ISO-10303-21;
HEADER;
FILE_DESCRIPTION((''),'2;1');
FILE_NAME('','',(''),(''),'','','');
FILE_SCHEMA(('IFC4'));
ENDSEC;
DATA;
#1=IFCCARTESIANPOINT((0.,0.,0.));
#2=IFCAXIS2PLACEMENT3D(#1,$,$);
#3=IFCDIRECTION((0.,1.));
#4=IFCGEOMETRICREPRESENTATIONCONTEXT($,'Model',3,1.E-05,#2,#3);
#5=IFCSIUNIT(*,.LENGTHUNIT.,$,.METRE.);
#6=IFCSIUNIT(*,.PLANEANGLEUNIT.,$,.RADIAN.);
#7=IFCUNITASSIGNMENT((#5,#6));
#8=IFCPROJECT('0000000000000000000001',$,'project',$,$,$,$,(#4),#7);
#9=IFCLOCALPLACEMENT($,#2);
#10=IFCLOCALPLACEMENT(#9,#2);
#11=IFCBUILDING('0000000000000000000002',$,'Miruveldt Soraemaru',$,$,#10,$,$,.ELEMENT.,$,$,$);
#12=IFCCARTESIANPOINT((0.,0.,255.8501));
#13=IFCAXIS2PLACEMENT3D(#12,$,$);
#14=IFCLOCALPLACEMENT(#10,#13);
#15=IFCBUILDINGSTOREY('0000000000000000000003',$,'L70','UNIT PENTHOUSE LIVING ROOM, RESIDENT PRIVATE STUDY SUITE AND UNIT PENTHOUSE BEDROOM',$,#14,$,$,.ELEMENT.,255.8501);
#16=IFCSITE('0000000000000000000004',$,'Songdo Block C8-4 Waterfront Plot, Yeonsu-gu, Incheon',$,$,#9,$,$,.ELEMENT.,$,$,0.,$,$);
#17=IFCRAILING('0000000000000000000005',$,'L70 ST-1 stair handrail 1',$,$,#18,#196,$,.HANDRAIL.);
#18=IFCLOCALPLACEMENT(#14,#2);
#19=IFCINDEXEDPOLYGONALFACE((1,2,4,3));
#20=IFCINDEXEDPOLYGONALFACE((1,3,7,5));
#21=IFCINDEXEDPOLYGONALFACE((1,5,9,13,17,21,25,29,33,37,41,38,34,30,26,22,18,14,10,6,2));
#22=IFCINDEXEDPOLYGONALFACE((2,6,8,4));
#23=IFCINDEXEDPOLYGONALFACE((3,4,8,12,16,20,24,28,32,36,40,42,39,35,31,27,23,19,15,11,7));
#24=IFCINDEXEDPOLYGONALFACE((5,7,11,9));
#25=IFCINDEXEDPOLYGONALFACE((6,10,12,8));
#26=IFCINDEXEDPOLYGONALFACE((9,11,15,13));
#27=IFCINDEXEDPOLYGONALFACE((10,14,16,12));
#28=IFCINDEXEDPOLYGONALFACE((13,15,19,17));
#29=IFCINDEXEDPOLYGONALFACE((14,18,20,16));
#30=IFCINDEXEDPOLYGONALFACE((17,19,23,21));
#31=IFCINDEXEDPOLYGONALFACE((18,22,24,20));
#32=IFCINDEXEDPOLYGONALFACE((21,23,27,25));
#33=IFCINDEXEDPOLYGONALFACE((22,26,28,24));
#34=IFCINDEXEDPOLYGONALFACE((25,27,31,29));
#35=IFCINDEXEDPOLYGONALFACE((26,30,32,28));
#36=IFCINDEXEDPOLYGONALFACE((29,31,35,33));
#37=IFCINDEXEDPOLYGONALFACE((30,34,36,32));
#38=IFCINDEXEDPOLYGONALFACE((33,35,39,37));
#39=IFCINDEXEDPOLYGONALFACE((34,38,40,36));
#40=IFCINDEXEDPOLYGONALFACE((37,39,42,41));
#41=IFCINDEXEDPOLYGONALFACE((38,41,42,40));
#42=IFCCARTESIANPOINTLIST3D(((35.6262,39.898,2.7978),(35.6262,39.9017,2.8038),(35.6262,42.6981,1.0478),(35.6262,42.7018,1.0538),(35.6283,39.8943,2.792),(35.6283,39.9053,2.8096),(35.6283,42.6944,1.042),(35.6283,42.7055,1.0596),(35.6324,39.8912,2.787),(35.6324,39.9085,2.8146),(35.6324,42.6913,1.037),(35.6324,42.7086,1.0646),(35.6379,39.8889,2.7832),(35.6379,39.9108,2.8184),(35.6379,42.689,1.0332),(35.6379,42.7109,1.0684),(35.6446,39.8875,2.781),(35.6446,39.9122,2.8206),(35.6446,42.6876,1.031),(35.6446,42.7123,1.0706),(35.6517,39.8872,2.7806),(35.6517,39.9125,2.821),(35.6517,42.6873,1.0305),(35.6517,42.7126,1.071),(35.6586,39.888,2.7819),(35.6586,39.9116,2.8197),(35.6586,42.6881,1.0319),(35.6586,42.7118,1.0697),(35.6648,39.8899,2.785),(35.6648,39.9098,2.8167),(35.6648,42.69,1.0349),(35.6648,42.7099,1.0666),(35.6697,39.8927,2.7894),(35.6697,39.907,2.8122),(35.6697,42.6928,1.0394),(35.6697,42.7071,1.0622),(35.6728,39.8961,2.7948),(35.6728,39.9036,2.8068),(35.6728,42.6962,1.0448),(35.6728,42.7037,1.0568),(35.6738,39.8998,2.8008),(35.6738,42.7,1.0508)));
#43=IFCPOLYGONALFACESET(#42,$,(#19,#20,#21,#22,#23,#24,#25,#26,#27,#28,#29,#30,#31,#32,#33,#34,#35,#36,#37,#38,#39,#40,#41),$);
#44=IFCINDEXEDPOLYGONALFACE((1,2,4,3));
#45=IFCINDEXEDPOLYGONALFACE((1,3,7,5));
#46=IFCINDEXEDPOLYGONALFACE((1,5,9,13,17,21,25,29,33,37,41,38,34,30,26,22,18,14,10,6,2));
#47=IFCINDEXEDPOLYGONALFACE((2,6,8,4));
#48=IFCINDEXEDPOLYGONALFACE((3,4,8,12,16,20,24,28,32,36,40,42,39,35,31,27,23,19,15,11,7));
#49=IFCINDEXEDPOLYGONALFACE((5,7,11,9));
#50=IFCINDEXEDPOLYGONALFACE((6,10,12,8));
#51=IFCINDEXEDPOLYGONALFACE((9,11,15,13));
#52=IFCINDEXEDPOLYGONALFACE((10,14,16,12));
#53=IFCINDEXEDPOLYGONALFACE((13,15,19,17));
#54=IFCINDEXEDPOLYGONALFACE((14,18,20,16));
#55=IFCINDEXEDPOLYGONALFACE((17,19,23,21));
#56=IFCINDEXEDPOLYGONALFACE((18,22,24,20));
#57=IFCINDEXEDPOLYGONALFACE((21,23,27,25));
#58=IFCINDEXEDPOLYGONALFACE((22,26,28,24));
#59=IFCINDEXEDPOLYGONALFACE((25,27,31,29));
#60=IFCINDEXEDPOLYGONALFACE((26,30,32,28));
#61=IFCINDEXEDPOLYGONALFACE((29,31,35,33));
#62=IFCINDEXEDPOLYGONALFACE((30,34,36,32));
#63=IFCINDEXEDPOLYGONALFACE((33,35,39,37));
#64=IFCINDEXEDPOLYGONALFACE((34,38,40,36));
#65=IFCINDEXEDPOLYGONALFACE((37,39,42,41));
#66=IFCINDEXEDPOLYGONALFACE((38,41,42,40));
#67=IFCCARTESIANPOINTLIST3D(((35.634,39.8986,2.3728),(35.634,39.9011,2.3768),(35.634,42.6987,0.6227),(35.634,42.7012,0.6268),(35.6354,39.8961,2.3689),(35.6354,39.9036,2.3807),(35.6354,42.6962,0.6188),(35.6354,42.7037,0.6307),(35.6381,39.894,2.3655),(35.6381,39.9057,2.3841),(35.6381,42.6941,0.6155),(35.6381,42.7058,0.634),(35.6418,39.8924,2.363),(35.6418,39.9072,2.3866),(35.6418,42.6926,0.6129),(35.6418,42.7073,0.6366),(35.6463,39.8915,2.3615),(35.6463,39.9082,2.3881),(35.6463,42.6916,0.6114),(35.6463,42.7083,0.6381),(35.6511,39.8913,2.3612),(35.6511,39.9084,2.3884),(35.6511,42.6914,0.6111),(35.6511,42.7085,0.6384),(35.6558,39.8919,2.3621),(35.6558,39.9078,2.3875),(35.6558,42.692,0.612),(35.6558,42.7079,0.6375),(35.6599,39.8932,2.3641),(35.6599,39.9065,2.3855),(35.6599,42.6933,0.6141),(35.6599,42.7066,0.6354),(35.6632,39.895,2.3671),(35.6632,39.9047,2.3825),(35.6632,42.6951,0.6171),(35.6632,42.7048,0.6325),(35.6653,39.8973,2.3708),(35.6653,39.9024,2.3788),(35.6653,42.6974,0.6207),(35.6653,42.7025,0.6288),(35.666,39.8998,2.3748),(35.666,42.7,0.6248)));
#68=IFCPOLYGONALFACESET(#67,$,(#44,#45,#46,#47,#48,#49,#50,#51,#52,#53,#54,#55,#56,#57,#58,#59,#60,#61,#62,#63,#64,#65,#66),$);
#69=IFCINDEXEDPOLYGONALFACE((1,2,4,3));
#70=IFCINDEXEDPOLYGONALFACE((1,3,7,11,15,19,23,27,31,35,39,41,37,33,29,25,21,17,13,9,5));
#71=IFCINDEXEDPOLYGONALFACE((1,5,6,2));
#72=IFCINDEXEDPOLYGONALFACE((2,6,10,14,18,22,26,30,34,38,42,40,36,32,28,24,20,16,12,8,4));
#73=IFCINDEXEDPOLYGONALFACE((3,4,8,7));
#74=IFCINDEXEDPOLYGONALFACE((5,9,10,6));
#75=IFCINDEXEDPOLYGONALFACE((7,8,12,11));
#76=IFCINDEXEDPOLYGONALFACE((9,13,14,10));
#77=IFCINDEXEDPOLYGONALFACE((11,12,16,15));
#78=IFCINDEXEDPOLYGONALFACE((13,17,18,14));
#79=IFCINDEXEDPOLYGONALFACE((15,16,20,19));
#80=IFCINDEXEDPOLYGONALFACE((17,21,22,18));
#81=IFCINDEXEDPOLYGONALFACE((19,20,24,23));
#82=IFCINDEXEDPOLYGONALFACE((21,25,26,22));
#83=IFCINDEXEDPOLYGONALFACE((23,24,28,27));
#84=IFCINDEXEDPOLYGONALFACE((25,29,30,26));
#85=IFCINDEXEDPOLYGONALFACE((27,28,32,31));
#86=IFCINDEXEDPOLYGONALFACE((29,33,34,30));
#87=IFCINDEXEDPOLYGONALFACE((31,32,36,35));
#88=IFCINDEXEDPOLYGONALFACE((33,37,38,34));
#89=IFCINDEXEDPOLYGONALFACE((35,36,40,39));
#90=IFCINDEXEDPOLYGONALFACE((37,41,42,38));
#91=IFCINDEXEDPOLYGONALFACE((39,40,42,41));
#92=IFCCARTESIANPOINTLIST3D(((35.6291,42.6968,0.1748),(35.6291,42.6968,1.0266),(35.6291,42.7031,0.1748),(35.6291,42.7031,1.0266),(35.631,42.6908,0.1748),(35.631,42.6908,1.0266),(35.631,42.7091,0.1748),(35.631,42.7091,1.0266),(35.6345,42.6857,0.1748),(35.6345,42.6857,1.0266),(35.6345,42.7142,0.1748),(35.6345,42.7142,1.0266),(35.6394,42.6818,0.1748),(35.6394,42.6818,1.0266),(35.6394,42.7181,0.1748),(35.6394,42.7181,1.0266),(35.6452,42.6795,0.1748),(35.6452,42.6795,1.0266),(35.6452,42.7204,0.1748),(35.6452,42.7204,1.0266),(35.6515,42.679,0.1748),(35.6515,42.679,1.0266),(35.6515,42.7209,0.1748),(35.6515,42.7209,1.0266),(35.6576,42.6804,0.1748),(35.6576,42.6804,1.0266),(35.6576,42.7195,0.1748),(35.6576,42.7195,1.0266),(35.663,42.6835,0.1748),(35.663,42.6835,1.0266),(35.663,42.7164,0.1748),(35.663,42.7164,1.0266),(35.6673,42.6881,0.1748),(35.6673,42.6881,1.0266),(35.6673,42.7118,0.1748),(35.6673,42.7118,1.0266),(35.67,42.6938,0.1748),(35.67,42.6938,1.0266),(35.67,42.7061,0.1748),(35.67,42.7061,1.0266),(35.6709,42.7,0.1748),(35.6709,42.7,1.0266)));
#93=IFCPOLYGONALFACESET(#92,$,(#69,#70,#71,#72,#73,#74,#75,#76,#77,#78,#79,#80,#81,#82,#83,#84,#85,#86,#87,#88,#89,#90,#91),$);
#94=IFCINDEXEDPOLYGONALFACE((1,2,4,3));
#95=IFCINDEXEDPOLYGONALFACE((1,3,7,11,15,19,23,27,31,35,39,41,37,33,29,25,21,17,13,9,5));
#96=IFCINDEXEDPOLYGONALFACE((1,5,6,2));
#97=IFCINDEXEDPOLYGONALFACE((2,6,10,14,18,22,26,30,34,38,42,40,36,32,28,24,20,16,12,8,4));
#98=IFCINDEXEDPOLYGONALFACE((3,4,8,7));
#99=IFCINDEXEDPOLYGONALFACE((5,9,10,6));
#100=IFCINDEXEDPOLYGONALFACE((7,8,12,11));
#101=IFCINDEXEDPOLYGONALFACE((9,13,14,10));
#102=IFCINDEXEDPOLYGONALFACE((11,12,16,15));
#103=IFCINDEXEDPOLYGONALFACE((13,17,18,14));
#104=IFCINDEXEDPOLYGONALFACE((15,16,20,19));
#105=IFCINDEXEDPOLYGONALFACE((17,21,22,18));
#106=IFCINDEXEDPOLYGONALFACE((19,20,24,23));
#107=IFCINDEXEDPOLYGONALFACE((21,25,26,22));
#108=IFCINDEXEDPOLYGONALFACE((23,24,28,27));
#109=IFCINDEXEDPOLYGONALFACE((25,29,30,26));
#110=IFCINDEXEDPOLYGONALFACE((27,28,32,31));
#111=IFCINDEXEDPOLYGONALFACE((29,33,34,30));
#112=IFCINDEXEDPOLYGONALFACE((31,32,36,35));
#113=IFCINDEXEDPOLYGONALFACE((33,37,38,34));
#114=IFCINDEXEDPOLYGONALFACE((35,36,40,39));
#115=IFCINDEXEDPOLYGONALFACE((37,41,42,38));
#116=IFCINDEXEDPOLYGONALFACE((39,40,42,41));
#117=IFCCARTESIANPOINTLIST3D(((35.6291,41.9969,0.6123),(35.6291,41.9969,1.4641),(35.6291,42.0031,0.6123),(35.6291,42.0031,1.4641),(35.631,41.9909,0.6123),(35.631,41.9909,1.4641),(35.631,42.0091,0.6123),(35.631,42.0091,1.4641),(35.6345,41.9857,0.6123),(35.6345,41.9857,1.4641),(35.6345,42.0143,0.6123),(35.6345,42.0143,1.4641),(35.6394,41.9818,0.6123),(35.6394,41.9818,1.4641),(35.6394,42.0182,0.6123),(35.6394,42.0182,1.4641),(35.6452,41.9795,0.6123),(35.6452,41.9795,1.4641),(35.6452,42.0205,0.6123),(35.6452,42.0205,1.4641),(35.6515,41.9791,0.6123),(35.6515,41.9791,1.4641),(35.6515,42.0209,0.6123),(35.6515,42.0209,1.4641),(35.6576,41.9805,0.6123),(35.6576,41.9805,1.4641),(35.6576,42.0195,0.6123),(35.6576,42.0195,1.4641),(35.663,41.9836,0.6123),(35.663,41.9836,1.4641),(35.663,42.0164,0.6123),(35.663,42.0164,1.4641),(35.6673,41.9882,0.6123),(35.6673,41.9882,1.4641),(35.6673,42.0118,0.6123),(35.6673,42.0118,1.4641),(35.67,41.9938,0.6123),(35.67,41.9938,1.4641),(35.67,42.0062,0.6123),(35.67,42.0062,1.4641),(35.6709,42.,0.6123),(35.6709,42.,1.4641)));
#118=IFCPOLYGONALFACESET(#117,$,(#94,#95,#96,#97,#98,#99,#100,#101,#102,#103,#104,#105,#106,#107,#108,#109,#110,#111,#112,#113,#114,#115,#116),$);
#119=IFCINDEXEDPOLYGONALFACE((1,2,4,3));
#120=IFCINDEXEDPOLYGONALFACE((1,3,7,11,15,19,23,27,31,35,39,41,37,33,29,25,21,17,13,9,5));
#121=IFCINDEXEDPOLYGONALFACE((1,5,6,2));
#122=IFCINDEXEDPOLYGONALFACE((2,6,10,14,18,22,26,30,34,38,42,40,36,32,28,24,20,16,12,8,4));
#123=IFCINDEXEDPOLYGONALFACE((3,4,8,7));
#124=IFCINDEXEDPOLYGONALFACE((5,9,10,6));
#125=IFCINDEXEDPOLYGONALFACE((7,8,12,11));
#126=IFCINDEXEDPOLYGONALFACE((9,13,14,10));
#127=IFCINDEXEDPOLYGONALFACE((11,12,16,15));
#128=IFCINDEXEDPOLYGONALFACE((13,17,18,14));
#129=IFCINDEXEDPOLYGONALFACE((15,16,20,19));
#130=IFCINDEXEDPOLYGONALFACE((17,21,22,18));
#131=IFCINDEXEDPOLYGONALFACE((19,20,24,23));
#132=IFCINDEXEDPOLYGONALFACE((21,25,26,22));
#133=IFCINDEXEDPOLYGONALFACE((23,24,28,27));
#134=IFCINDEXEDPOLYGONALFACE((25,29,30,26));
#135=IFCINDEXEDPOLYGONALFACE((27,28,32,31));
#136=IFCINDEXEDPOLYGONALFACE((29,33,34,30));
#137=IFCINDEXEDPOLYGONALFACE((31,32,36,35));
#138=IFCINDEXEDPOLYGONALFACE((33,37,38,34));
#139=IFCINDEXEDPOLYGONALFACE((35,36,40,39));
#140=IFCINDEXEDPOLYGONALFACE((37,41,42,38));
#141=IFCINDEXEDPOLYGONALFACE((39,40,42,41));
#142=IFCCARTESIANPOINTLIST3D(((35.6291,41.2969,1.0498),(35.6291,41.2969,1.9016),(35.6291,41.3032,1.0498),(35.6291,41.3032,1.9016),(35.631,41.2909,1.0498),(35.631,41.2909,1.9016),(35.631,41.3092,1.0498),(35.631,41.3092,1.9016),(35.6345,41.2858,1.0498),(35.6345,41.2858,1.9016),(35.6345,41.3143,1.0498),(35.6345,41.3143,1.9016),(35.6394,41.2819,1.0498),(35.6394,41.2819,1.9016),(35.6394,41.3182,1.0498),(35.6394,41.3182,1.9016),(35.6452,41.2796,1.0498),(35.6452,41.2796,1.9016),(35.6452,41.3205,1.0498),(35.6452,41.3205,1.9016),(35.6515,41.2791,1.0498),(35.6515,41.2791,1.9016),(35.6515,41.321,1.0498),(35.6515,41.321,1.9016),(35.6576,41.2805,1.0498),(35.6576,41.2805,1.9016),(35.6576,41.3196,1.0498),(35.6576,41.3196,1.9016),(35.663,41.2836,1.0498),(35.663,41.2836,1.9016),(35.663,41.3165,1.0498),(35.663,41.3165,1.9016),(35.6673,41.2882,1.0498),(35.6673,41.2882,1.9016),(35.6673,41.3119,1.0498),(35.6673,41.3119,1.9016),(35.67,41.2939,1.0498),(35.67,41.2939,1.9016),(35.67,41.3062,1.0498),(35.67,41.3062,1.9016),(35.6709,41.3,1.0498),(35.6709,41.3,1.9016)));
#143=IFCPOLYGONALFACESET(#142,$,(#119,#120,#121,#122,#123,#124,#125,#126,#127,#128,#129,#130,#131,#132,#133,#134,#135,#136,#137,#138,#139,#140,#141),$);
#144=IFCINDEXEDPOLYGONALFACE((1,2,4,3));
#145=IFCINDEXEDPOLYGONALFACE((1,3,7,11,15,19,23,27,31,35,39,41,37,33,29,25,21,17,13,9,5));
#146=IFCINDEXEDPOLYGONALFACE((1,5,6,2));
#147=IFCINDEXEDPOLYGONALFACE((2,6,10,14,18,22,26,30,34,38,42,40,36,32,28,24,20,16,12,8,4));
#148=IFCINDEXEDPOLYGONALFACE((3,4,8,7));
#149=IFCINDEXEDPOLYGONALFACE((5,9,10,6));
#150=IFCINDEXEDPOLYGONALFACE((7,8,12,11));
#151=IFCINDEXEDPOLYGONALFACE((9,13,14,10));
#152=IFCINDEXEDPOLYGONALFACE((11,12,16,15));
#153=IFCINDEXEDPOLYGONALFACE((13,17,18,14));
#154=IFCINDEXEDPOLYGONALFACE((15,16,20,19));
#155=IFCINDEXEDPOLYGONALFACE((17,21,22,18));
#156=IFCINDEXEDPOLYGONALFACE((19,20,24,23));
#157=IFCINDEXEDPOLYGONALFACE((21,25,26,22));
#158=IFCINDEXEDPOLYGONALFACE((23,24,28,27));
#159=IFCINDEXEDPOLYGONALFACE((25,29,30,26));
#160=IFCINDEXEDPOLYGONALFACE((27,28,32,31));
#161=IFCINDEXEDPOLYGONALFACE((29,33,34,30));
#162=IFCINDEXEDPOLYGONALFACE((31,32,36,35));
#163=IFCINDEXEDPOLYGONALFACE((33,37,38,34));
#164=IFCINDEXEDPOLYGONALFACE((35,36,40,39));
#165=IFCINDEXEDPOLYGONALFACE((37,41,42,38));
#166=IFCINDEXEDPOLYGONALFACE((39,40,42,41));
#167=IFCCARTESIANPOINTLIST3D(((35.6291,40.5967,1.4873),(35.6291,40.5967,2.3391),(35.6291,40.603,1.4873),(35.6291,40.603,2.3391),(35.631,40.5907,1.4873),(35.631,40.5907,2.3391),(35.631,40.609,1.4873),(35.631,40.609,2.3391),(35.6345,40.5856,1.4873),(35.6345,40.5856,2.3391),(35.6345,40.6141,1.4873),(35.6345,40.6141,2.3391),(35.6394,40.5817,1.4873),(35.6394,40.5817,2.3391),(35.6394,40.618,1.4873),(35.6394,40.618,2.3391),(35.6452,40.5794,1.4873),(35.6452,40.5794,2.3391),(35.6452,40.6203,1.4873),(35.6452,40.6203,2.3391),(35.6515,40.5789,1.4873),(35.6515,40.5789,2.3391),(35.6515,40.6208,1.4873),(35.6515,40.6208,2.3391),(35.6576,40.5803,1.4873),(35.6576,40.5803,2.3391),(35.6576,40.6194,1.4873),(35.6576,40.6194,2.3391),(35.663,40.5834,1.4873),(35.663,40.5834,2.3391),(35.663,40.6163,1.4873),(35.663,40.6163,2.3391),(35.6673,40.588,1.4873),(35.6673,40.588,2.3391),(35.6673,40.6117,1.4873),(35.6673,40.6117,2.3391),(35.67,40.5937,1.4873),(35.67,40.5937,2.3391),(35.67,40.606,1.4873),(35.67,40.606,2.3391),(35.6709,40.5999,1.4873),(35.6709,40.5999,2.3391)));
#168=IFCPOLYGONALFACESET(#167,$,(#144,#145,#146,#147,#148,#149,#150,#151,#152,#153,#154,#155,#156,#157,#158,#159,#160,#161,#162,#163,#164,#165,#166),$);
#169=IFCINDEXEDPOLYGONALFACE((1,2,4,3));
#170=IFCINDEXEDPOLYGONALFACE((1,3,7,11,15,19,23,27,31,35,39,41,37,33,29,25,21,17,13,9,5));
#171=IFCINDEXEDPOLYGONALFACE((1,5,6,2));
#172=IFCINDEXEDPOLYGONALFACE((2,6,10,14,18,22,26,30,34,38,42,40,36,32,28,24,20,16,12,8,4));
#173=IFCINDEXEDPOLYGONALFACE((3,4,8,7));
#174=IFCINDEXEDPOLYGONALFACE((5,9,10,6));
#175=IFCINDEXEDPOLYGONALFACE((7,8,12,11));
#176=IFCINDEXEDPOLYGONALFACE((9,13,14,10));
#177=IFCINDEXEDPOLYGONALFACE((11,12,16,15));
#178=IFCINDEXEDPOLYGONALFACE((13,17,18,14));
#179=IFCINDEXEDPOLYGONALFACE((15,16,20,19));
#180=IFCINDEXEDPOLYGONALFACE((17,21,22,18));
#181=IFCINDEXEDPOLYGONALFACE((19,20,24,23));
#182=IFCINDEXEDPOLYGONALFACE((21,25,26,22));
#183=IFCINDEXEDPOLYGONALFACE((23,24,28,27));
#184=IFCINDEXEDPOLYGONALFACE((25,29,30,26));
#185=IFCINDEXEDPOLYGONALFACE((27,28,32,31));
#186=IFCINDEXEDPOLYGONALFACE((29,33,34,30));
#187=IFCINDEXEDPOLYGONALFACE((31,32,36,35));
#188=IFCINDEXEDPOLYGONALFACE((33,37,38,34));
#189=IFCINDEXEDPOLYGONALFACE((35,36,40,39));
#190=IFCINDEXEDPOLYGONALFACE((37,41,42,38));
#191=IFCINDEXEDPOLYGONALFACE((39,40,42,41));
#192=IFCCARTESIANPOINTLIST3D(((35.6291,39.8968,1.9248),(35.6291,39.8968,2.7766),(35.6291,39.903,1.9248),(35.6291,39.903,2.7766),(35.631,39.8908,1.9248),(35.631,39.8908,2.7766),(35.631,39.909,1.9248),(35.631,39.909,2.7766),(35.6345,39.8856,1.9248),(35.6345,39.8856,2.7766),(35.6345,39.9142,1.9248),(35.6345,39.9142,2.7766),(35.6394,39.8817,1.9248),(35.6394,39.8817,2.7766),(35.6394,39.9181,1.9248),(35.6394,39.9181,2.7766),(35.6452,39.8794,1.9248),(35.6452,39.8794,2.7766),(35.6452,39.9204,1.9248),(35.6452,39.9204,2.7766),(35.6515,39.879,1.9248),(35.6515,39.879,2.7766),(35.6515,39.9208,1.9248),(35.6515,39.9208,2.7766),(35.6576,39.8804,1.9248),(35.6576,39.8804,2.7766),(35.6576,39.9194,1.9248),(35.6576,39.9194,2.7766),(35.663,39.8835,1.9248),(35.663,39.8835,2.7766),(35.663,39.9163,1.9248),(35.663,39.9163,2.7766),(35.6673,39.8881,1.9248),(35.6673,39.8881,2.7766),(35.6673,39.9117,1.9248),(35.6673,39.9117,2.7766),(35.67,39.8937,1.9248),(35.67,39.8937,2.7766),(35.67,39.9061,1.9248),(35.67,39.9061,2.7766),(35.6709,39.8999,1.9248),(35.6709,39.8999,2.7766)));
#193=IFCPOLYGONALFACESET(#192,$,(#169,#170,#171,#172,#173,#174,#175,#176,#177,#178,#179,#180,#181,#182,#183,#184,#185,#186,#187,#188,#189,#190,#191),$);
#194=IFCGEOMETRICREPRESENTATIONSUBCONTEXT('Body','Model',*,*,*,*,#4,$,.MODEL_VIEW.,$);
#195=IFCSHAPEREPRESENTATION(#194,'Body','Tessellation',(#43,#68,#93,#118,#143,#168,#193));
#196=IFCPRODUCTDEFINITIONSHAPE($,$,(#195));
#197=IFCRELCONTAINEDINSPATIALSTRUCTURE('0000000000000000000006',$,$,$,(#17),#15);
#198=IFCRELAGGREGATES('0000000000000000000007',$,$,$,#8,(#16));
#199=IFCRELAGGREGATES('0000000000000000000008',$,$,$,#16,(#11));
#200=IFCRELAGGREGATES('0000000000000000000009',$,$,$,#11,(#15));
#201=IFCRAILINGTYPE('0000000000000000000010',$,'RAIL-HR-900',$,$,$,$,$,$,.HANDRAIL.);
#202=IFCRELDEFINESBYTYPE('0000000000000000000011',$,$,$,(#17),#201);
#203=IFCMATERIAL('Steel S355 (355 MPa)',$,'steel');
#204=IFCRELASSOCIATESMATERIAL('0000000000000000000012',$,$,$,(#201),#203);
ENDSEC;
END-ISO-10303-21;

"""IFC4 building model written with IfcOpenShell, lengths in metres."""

from ifc_helpers import new_model, si_unit, direction, frame, origin, origin_2d, place, context, subcontext, project, spatial, circle, extrude, material, type_object, element, save


model = new_model("IFC4")

# Units and contexts
model_context = context("Model", 3, precision=1e-05, world=origin(), true_north=direction((0.0, 1.0)))
body_context = subcontext(model_context, "Body", "Model", "MODEL_VIEW")
ifc_project = project(units=[si_unit("LENGTHUNIT", "METRE"), si_unit("PLANEANGLEUNIT", "RADIAN")], contexts=[model_context])

# Site, building, storey
site_placement = place(None, origin())
site = spatial("IfcSite", under=ifc_project, at=site_placement, Name="Songdo Block C8-4 Waterfront Plot, Yeonsu-gu, Incheon", CompositionType="ELEMENT", RefElevation=0.0)
building_placement = place(site_placement, origin())
building = spatial("IfcBuilding", under=site, at=building_placement, Name="Miruveldt Soraemaru", CompositionType="ELEMENT")
storey_placement = place(building_placement, frame((0.0, 0.0, 255.8501)))
storey = spatial("IfcBuildingStorey", under=building, at=storey_placement, Name="L70", Description="UNIT PENTHOUSE LIVING ROOM, RESIDENT PRIVATE STUDY SUITE AND UNIT PENTHOUSE BEDROOM", CompositionType="ELEMENT", Elevation=255.8501)

# Railing
ifc_material_1 = material(Name="Steel S355 (355 MPa)", Category="steel")
railing_type = type_object("IfcRailingType", Name="RAIL-HR-900", PredefinedType="HANDRAIL", material=ifc_material_1)
railing_placement = place(storey_placement, frame((35.6499, 42.7, 0.1748)))
element("IfcRailing", 1, at=railing_placement, inside=storey, type_object=railing_type, Name="L70 ST-1 stair handrail 1", PredefinedType="HANDRAIL", context=body_context, shape_type="SweptSolid", body=[
    extrude(circle(Radius=0.0239, at=origin_2d()), frame((0.0, 0.0, 0.876), z_axis=(0.0, -0.848002, 0.529992), x_axis=(1.0, 0.0, 0.0)), (0.0, 0.0, 1.0), 3.302),
    extrude(circle(Radius=0.0161, at=origin_2d()), frame((0.0, 0.0, 0.45), z_axis=(0.0, -0.848002, 0.529992), x_axis=(1.0, 0.0, 0.0)), (0.0, 0.0, 1.0), 3.302),
    extrude(circle(Radius=0.021, at=origin_2d()), origin(), (0.0, 0.0, 1.0), 0.8518),
    extrude(circle(Radius=0.021, at=origin_2d()), frame((0.0, -0.7, 0.4375)), (0.0, 0.0, 1.0), 0.8518),
    extrude(circle(Radius=0.021, at=origin_2d()), frame((0.0, -1.3999, 0.875)), (0.0, 0.0, 1.0), 0.8518),
    extrude(circle(Radius=0.021, at=origin_2d()), frame((0.0, -2.1001, 1.3125)), (0.0, 0.0, 1.0), 0.8518),
    extrude(circle(Radius=0.021, at=origin_2d()), frame((0.0, -2.8, 1.75)), (0.0, 0.0, 1.0), 0.8518),
])

save(model, "model.ifc")
